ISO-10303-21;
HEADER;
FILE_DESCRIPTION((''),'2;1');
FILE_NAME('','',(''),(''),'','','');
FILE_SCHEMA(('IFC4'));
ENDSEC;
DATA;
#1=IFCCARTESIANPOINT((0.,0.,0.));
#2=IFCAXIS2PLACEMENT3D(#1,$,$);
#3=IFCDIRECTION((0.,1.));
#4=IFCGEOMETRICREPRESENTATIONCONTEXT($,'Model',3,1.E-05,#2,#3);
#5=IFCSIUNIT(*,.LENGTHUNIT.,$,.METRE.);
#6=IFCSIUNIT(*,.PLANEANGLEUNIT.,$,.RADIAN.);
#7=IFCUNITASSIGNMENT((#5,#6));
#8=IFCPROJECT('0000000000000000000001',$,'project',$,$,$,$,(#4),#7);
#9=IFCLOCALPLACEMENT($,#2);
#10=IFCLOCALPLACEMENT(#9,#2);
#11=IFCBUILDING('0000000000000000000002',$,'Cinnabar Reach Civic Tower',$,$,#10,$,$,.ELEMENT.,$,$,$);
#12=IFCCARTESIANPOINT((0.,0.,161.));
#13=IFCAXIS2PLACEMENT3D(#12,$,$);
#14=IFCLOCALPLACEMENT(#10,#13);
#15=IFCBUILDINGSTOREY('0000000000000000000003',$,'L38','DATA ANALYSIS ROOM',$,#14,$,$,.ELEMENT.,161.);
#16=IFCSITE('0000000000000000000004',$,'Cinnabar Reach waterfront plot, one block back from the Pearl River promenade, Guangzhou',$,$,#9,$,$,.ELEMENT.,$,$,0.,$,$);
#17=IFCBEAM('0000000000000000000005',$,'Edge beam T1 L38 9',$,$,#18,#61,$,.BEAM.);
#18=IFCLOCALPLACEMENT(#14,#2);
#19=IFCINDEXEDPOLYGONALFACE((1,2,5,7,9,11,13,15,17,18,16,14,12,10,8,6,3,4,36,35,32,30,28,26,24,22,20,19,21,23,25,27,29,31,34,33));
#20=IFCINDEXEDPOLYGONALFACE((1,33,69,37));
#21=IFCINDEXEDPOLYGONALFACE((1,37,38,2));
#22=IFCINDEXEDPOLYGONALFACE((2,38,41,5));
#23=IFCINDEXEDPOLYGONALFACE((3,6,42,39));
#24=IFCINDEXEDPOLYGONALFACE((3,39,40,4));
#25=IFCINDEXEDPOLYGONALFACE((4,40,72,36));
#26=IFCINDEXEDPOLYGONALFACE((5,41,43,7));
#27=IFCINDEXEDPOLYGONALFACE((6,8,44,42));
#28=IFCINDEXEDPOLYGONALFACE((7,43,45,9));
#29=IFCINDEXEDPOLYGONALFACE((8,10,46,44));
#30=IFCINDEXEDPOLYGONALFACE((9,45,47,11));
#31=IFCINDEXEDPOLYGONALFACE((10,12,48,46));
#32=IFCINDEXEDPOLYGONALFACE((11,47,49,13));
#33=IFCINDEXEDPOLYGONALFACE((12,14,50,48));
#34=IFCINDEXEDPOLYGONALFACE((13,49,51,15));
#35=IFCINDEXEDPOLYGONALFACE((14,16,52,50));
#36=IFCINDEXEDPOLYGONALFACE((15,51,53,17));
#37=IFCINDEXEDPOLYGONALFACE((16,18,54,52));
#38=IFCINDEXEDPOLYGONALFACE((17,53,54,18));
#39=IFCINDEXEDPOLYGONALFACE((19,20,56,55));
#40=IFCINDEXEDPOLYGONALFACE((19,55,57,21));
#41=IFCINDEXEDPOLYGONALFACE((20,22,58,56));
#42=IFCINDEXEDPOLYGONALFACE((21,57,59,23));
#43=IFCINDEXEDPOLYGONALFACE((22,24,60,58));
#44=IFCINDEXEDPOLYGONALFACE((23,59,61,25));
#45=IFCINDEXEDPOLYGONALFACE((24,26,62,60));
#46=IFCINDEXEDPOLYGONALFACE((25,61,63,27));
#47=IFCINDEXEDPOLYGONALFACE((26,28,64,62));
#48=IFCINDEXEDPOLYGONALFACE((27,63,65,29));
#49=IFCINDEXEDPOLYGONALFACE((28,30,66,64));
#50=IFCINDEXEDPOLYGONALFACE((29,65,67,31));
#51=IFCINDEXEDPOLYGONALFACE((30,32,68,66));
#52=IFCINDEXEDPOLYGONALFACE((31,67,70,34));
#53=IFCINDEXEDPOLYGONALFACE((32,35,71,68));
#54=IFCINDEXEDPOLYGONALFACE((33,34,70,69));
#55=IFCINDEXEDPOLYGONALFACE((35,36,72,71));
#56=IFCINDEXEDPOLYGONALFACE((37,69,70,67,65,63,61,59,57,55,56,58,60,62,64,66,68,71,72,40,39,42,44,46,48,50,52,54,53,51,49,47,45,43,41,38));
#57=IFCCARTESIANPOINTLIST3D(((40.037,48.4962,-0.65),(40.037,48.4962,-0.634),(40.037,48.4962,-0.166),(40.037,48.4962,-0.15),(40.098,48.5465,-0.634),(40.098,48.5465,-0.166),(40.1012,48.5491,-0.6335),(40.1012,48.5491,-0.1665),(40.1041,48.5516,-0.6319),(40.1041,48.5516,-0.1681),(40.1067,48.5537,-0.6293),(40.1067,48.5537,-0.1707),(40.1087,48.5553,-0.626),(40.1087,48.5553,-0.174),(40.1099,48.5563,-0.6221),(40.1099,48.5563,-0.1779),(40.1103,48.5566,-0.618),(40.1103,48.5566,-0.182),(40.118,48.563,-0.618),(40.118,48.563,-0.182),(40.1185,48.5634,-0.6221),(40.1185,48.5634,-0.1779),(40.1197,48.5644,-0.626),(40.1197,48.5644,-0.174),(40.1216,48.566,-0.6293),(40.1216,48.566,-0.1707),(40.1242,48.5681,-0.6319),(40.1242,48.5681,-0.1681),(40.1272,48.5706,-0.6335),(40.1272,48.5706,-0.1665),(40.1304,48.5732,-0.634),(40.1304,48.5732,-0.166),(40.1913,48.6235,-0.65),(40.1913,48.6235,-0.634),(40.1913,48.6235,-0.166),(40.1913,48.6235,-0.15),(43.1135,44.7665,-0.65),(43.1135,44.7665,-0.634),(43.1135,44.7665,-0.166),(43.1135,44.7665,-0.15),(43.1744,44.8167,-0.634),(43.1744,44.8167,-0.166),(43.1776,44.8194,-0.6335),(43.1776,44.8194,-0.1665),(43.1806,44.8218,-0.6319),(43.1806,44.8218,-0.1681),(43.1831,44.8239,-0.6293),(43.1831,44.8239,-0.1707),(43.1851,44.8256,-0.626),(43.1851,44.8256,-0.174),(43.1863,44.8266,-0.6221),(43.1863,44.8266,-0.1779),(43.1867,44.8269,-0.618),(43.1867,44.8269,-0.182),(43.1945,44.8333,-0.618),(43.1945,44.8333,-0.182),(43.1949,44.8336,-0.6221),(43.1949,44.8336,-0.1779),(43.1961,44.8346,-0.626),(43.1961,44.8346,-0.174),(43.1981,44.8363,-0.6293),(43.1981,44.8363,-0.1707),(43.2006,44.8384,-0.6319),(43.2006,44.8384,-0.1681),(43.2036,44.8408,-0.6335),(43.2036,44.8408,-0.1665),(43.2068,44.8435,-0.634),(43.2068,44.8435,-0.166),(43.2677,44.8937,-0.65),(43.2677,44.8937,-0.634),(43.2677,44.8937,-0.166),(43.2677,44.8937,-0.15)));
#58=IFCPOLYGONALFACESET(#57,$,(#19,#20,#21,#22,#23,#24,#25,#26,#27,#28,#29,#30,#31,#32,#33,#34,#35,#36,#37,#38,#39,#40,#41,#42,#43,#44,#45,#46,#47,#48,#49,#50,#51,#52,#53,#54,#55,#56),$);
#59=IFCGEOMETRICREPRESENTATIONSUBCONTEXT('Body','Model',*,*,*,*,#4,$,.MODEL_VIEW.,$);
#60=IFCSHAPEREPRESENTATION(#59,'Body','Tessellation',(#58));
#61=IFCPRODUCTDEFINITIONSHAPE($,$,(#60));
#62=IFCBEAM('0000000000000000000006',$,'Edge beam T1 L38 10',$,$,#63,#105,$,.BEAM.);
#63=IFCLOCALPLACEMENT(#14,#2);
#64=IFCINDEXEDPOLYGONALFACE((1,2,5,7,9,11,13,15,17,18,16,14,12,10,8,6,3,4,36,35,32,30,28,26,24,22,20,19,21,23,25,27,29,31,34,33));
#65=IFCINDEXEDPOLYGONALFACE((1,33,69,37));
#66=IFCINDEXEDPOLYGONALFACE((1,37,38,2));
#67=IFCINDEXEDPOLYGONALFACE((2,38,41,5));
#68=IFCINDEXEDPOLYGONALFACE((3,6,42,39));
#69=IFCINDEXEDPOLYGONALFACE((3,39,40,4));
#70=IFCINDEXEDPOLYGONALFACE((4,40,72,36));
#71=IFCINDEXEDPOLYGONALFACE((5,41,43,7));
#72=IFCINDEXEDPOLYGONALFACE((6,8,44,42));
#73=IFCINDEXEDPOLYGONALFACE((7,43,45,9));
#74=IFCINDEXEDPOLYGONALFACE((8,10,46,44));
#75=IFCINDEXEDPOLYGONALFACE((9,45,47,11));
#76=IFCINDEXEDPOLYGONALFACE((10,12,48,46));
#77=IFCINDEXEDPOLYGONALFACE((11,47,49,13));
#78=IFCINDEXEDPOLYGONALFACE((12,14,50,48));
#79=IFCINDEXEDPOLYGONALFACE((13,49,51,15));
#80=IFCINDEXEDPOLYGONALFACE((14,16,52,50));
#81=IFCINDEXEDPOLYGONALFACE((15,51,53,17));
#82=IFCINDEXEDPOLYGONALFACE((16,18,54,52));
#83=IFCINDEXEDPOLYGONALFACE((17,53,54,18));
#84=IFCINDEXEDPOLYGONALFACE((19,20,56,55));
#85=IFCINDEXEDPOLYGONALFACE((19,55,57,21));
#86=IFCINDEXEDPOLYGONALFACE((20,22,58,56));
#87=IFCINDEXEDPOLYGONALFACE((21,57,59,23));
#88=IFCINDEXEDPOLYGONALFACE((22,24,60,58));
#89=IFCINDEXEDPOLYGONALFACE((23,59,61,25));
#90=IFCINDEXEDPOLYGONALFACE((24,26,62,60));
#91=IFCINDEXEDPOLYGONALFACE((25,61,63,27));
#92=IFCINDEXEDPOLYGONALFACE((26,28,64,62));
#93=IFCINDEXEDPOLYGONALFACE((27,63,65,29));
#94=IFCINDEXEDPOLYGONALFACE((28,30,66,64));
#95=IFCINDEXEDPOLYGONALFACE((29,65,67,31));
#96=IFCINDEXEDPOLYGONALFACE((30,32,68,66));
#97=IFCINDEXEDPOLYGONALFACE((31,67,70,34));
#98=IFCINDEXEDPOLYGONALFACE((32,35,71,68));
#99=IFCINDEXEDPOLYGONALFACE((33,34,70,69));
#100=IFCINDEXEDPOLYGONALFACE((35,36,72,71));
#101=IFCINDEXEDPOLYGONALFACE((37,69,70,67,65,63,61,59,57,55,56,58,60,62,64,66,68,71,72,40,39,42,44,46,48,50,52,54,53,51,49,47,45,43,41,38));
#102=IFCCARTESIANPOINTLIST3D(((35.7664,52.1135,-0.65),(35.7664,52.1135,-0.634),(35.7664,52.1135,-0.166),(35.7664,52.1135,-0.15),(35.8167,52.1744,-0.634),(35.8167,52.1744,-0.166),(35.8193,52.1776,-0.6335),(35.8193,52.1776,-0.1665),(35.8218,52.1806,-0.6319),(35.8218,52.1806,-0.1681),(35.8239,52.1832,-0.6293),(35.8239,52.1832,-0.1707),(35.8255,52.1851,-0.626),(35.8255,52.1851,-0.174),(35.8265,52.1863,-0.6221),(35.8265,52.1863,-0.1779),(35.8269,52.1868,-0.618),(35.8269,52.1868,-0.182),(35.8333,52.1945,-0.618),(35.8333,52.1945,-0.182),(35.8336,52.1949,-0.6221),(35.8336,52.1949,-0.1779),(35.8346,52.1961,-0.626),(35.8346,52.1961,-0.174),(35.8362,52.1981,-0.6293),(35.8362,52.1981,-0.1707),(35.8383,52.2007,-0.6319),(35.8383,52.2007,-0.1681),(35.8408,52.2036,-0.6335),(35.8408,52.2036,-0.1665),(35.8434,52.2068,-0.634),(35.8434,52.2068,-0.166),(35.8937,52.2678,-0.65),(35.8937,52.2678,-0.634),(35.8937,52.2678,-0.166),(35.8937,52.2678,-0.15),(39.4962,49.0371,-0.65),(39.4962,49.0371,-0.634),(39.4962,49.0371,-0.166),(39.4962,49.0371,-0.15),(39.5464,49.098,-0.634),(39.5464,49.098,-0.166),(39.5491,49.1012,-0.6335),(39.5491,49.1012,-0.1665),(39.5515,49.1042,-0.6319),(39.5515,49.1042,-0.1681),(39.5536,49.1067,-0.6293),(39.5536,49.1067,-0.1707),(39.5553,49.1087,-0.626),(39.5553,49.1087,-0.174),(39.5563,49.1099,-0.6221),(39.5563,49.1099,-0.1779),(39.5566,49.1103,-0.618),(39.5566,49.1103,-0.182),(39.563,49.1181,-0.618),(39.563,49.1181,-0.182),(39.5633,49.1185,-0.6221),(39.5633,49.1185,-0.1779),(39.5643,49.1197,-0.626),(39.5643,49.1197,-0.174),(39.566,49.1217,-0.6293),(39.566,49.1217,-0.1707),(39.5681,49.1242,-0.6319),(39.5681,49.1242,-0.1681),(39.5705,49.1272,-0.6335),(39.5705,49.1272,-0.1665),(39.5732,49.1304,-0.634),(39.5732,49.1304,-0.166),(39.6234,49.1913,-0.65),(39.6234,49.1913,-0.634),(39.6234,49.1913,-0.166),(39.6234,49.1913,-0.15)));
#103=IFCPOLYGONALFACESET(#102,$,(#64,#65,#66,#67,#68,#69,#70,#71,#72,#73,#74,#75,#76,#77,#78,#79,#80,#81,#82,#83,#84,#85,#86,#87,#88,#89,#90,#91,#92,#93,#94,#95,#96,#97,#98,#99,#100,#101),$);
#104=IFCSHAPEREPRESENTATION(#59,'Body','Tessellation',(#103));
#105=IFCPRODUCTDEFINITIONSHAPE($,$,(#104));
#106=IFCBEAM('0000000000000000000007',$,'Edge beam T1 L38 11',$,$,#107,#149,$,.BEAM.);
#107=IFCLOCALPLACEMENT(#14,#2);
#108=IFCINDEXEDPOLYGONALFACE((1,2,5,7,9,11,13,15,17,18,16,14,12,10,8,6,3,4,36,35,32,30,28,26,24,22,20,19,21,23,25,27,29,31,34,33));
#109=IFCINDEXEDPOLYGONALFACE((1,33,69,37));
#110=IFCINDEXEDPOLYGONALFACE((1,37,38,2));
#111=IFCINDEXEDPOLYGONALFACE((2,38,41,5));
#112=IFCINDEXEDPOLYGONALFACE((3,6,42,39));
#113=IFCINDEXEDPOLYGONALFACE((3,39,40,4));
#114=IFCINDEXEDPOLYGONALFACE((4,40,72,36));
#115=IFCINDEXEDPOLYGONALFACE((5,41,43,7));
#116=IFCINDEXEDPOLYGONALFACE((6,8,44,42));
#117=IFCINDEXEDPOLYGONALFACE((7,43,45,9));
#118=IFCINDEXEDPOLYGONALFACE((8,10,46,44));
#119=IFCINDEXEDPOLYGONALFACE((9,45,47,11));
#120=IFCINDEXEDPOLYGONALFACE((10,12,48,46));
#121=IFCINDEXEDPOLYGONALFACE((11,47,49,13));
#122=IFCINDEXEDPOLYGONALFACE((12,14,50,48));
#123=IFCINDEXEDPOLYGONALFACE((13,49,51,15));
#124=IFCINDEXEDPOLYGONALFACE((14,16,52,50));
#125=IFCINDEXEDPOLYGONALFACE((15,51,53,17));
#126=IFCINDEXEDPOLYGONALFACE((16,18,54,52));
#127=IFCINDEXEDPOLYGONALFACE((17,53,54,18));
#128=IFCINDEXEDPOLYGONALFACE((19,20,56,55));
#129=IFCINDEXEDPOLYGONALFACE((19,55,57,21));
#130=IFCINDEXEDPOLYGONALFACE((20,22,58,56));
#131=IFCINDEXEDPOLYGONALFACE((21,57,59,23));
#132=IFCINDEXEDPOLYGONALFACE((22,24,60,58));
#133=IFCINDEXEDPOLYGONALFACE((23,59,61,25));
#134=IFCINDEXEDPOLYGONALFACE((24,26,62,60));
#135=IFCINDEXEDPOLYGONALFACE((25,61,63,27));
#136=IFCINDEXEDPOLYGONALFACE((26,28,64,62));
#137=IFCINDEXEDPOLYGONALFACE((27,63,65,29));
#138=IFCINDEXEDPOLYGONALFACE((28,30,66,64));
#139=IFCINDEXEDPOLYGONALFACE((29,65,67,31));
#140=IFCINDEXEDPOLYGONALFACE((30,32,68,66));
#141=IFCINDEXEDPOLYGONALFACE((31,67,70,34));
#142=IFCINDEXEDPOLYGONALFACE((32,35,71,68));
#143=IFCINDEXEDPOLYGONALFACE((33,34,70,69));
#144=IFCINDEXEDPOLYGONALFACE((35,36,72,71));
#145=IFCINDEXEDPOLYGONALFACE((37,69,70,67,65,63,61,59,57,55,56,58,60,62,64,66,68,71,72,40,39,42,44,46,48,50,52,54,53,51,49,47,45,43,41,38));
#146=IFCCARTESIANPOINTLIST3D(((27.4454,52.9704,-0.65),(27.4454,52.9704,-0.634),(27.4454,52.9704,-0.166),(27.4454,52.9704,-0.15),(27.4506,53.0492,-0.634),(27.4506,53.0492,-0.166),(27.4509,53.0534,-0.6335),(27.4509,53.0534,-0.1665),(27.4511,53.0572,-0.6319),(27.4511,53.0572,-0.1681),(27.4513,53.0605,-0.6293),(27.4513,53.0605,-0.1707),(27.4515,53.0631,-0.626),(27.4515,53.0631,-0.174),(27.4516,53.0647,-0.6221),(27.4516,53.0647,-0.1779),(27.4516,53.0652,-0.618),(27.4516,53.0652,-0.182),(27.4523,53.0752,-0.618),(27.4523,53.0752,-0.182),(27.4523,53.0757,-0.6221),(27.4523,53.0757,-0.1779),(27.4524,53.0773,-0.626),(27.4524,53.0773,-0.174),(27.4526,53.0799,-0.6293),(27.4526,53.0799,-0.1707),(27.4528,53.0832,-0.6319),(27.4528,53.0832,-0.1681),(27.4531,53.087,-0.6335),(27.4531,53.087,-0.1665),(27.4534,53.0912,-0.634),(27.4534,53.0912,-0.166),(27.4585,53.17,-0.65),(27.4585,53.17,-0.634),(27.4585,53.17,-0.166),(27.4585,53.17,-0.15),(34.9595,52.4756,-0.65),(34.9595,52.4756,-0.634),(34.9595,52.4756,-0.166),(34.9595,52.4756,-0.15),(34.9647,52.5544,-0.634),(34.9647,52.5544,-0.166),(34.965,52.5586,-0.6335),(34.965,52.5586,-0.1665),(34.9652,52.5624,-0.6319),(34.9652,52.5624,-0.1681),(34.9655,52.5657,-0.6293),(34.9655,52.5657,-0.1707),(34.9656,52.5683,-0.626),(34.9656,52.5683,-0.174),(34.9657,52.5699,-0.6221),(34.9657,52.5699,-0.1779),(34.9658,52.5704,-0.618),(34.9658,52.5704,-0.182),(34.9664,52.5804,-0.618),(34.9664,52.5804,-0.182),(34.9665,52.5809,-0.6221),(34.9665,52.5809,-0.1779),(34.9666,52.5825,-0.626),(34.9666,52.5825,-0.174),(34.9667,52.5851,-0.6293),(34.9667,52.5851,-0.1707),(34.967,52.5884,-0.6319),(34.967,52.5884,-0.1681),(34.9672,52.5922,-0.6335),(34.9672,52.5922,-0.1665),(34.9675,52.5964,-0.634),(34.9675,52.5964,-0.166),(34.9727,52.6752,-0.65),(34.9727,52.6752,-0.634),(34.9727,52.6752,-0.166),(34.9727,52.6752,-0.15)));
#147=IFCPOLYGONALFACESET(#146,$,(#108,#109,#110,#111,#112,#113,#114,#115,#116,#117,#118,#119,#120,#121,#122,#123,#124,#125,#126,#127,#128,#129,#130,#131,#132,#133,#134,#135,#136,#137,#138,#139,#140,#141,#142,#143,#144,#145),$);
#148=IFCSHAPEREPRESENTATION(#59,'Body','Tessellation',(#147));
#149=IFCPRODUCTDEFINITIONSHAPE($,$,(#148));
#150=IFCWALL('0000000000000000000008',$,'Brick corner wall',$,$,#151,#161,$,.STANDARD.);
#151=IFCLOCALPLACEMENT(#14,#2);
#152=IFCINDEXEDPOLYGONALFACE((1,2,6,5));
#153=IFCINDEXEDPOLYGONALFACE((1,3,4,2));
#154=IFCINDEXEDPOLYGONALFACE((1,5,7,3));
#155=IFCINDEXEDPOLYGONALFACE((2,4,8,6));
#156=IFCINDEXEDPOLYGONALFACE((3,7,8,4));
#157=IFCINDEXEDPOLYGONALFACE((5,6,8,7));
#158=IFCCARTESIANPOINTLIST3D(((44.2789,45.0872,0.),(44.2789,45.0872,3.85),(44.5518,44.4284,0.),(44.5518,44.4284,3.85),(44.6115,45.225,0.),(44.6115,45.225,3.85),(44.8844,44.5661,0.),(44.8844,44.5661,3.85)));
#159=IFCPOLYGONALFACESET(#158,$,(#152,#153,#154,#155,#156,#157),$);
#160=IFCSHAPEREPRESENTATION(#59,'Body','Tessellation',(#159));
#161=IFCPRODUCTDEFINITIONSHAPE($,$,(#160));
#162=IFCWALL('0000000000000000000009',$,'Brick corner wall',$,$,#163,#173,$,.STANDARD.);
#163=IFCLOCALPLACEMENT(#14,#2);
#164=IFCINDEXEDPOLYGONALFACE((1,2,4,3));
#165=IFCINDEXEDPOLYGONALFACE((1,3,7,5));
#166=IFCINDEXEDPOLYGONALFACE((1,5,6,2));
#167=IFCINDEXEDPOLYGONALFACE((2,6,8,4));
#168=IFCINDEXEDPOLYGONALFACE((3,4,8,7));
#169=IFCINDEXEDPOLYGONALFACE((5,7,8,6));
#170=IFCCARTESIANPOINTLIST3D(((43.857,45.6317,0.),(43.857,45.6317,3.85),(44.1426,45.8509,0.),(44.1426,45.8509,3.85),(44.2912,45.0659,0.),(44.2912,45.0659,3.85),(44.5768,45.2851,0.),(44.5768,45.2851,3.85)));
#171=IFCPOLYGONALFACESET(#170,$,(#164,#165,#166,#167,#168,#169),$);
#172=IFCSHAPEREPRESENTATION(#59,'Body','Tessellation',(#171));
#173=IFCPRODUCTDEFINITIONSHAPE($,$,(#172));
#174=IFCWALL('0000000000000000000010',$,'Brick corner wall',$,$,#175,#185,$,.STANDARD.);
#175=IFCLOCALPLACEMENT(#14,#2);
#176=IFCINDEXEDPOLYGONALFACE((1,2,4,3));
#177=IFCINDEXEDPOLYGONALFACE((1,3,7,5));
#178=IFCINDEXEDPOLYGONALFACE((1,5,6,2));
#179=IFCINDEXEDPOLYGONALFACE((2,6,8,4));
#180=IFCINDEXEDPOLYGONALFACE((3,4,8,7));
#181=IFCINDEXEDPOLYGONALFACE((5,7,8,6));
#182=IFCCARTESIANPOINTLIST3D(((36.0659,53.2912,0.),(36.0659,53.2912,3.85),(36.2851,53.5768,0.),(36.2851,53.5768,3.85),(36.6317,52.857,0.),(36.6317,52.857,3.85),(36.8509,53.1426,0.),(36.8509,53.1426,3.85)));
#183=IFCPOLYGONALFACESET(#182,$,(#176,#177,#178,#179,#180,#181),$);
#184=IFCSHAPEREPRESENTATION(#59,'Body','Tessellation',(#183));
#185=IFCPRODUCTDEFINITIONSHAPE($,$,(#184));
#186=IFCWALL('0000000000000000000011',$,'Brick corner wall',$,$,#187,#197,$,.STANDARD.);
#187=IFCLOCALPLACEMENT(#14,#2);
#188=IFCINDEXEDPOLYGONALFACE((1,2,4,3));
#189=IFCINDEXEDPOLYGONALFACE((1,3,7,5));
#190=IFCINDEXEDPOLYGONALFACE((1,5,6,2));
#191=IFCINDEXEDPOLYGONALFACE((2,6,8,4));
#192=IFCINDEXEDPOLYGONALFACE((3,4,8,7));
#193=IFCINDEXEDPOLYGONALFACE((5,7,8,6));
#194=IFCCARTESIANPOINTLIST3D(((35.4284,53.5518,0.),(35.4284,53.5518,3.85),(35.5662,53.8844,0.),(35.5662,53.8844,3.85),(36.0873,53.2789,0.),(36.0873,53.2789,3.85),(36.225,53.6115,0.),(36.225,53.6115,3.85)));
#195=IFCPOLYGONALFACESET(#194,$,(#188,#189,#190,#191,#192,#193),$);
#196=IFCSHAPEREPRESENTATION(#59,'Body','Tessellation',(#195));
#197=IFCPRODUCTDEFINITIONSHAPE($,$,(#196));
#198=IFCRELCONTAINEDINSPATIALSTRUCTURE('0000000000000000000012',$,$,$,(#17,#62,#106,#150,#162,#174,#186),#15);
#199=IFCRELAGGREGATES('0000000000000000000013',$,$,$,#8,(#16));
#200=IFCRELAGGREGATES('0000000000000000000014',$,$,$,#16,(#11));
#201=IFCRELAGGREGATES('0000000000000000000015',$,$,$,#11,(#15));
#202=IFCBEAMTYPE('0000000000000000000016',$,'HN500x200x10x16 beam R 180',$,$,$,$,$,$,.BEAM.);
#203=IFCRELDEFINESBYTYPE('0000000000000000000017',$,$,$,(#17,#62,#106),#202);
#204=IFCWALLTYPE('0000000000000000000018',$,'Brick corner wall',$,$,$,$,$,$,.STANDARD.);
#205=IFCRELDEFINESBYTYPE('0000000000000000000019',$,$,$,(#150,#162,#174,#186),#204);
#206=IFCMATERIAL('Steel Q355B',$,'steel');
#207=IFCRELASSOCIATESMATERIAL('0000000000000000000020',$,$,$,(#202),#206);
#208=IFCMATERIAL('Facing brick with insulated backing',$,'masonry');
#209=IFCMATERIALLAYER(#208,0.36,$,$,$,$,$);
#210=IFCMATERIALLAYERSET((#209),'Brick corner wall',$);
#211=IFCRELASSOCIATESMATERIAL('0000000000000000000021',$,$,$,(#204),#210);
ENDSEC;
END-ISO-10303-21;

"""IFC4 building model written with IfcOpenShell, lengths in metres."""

from ifc_helpers import new_model, si_unit, direction, frame, frame_2d, origin, origin_2d, place, context, subcontext, project, spatial, rectangle, i_section, extrude, material, layer, layer_set, material_profile, profile_set, type_object, element, save


model = new_model("IFC4")

# Units and contexts
model_context = context("Model", 3, precision=1e-05, world=origin(), true_north=direction((0.0, 1.0)))
body_context = subcontext(model_context, "Body", "Model", "MODEL_VIEW")
ifc_project = project(units=[si_unit("LENGTHUNIT", "METRE"), si_unit("PLANEANGLEUNIT", "RADIAN")], contexts=[model_context])

# Site, building, storey
site_placement = place(None, origin())
site = spatial("IfcSite", under=ifc_project, at=site_placement, Name="Cinnabar Reach waterfront plot, one block back from the Pearl River promenade, Guangzhou", CompositionType="ELEMENT", RefElevation=0.0)
building_placement = place(site_placement, origin())
building = spatial("IfcBuilding", under=site, at=building_placement, Name="Cinnabar Reach Civic Tower", CompositionType="ELEMENT")
storey_placement = place(building_placement, frame((0.0, 0.0, 161.0)))
storey = spatial("IfcBuildingStorey", under=building, at=storey_placement, Name="L38", Description="DATA ANALYSIS ROOM", CompositionType="ELEMENT", Elevation=161.0)

# Beams
ifc_material_1 = material(Name="Steel Q355B", Category="steel")
ifc_material_profile_1 = material_profile(ifc_material_1, i_section(OverallWidth=0.2, OverallDepth=0.5, WebThickness=0.01, FlangeThickness=0.016, FilletRadius=0.016, at=origin_2d()), Name="HN500x200x10x16")
ifc_profile_set_1 = profile_set([ifc_material_profile_1], Name="Steel Q355B")
beam_type_1 = type_object("IfcBeamType", Name="HN500x200x10x16 beam R 180", PredefinedType="BEAM", material=ifc_profile_set_1)
for number, where, z_axis, x_axis, name in (
    (1, (43.1906, 44.8301, -0.4), (-0.636309, 0.771434, 0.0), (-0.771434, -0.636309, 0.0), "Edge beam T1 L38 9"),
    (2, (39.5598, 49.1142, -0.4), (-0.771434, 0.636309, 0.0), (-0.636309, -0.771434, 0.0), "Edge beam T1 L38 10"),
):
    element("IfcBeam", number, at=place(storey_placement, frame(where, z_axis=z_axis, x_axis=x_axis)), inside=storey, type_object=beam_type_1, Name=name, PredefinedType="BEAM", context=body_context, shape_type="SweptSolid", body=[
        extrude(i_section(OverallWidth=0.2, OverallDepth=0.5, WebThickness=0.01, FlangeThickness=0.016, FilletRadius=0.016, at=origin_2d()), origin(), (0.0, 0.0, 1.0), 4.8348),
    ])
beam_1_placement = place(storey_placement, frame((34.9661, 52.5754, -0.4), z_axis=(-0.997839, 0.065707, 0.0), x_axis=(-0.065707, -0.997839, 0.0)))
element("IfcBeam", 3, at=beam_1_placement, inside=storey, type_object=beam_type_1, Name="Edge beam T1 L38 11", PredefinedType="BEAM", context=body_context, shape_type="SweptSolid", body=[
    extrude(i_section(OverallWidth=0.2, OverallDepth=0.5, WebThickness=0.01, FlangeThickness=0.016, FilletRadius=0.016, at=origin_2d()), origin(), (0.0, 0.0, 1.0), 7.5304),
])

# Walls
ifc_material_2 = material(Name="Facing brick with insulated backing", Category="masonry")
ifc_layer_1 = layer(ifc_material_2, 0.36)
ifc_layer_set_1 = layer_set([ifc_layer_1], Name="Brick corner wall")
wall_type_1 = type_object("IfcWallType", Name="Brick corner wall", PredefinedType="STANDARD", material=ifc_layer_set_1)
wall_1_placement = place(storey_placement, frame((44.7181, 44.4973, 0.0), z_axis=(0.0, 0.0, 1.0), x_axis=(-0.382703, 0.923872, 0.0)))
element("IfcWall", 4, at=wall_1_placement, inside=storey, type_object=wall_type_1, Name="Brick corner wall", PredefinedType="STANDARD", context=body_context, shape_type="SweptSolid", body=[
    extrude(rectangle(XDim=0.7131, YDim=0.36, at=frame_2d((0.3565, 0.0))), origin(), (0.0, 0.0, 1.0), 3.85),
])
for number, where, z_axis, x_axis, name in (
    (5, (44.434, 45.1755, 0.0), (0.0, 0.0, 1.0), (-0.608802, 0.793322, 0.0), "Brick corner wall"),
    (6, (36.7413, 52.9998, 0.0), (0.0, 0.0, 1.0), (-0.793322, 0.608802, 0.0), "Brick corner wall"),
):
    element("IfcWall", number, at=place(storey_placement, frame(where, z_axis=z_axis, x_axis=x_axis)), inside=storey, type_object=wall_type_1, Name=name, PredefinedType="STANDARD", context=body_context, shape_type="SweptSolid", body=[
        extrude(rectangle(XDim=0.7132, YDim=0.36, at=frame_2d((0.3566, 0.0))), origin(), (0.0, 0.0, 1.0), 3.85),
    ])
for number, where, z_axis, x_axis, name in (
    (7, (36.1561, 53.4452, 0.0), (0.0, 0.0, 1.0), (-0.923872, 0.382703, 0.0), "Brick corner wall"),
):
    element("IfcWall", number, at=place(storey_placement, frame(where, z_axis=z_axis, x_axis=x_axis)), inside=storey, type_object=wall_type_1, Name=name, PredefinedType="STANDARD", context=body_context, shape_type="SweptSolid", body=[
        extrude(rectangle(XDim=0.7131, YDim=0.36, at=frame_2d((0.3565, 0.0))), origin(), (0.0, 0.0, 1.0), 3.85),
    ])

save(model, "model.ifc")
